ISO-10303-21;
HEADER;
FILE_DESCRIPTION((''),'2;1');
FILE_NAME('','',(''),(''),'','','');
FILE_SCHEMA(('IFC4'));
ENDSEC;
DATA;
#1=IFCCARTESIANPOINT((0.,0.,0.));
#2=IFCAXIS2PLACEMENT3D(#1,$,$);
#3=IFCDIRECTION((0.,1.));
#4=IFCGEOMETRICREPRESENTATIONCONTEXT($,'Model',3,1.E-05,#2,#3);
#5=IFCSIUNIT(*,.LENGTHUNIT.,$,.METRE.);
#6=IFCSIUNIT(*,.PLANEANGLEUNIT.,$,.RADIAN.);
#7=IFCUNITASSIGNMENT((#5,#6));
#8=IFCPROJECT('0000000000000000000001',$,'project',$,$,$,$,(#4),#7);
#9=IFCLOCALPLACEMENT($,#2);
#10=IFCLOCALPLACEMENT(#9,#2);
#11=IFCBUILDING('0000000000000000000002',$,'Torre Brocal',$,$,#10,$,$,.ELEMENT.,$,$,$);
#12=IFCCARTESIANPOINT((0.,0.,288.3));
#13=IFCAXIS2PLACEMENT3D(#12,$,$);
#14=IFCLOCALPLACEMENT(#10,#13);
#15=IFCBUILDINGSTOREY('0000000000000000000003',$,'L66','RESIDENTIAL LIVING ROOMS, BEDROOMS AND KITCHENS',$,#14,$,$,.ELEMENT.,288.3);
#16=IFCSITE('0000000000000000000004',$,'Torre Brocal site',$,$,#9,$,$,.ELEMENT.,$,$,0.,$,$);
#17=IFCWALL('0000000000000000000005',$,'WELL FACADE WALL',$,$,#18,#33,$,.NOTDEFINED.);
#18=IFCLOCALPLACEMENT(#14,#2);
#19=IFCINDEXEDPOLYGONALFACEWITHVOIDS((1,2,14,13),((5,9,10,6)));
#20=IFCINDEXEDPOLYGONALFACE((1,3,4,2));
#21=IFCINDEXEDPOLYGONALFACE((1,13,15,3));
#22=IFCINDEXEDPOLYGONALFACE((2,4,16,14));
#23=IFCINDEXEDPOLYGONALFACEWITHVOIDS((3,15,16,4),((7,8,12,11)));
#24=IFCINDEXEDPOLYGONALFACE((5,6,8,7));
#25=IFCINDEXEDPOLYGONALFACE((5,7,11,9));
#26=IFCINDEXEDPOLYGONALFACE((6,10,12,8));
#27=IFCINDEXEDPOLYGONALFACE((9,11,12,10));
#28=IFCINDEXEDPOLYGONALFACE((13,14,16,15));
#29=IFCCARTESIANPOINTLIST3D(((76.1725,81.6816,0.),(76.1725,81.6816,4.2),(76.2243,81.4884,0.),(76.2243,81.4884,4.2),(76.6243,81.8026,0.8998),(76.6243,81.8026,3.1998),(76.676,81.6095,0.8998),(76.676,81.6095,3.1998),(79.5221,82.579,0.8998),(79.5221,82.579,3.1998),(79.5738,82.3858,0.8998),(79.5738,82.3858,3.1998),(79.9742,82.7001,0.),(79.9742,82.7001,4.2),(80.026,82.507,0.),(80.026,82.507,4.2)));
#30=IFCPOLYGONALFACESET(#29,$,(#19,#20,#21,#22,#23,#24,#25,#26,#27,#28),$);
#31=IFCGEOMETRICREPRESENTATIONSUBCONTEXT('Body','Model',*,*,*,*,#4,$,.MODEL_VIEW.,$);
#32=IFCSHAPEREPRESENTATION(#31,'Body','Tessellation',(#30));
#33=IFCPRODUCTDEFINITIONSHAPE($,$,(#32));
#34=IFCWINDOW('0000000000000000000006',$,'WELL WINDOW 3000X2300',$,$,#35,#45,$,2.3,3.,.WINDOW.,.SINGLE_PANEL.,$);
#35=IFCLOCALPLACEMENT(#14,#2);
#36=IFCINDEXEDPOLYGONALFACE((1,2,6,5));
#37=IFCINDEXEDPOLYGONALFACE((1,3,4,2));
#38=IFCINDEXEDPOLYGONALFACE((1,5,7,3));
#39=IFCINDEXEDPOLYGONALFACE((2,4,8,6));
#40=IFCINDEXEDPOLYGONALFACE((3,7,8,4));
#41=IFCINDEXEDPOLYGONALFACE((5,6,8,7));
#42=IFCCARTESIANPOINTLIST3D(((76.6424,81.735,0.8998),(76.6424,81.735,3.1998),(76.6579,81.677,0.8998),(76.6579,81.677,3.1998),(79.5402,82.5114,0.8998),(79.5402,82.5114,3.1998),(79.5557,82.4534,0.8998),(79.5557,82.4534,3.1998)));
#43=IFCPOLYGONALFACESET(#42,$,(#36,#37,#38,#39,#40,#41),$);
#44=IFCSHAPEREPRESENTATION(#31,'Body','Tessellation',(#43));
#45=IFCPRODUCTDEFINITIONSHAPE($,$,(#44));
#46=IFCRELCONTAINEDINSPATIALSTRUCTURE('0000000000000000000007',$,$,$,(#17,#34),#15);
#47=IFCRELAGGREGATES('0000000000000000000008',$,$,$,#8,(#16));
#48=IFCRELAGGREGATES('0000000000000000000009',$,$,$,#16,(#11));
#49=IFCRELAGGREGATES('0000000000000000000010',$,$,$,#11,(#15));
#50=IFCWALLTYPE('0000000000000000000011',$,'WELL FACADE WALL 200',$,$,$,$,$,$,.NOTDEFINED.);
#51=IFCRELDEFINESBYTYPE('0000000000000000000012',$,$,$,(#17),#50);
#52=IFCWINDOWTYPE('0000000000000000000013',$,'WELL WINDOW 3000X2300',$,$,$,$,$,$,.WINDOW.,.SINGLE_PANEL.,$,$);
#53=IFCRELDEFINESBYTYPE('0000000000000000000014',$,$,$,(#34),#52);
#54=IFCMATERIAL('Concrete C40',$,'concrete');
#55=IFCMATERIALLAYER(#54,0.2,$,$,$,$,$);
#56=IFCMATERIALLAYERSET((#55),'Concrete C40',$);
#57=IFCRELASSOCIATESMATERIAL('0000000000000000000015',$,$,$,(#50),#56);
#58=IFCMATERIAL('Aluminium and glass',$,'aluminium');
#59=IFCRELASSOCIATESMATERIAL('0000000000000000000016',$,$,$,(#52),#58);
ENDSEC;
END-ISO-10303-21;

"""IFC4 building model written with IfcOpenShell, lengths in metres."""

from ifc_helpers import new_model, si_unit, direction, frame, frame_2d, origin, place, context, subcontext, project, spatial, rectangle, extrude, material, layer, layer_set, type_object, element, fill, save


model = new_model("IFC4")

# Units and contexts
model_context = context("Model", 3, precision=1e-05, world=origin(), true_north=direction((0.0, 1.0)))
body_context = subcontext(model_context, "Body", "Model", "MODEL_VIEW")
ifc_project = project(units=[si_unit("LENGTHUNIT", "METRE"), si_unit("PLANEANGLEUNIT", "RADIAN")], contexts=[model_context])

# Site, building, storey
site_placement = place(None, origin())
site = spatial("IfcSite", under=ifc_project, at=site_placement, Name="Torre Brocal site", CompositionType="ELEMENT", RefElevation=0.0)
building_placement = place(site_placement, origin())
building = spatial("IfcBuilding", under=site, at=building_placement, Name="Torre Brocal", CompositionType="ELEMENT")
storey_placement = place(building_placement, frame((0.0, 0.0, 288.3)))
storey = spatial("IfcBuildingStorey", under=building, at=storey_placement, Name="L66", Description="RESIDENTIAL LIVING ROOMS, BEDROOMS AND KITCHENS", CompositionType="ELEMENT", Elevation=288.3)

# Wall, opening, window
ifc_material_1 = material(Name="Concrete C40", Category="concrete")
ifc_layer_1 = layer(ifc_material_1, 0.2)
ifc_layer_set_1 = layer_set([ifc_layer_1], Name="Concrete C40")
wall_type_1 = type_object("IfcWallType", Name="WELL FACADE WALL 200", PredefinedType="NOTDEFINED", material=ifc_layer_set_1)
wall_1_placement = place(storey_placement, frame((80.0, 82.6035, 0.0), z_axis=(0.0, 0.0, 1.0), x_axis=(-0.965934, -0.25879, 0.0)))
wall_1 = element("IfcWall", 1, at=wall_1_placement, inside=storey, type_object=wall_type_1, Name="WELL FACADE WALL", PredefinedType="NOTDEFINED", context=body_context, shape_type="SweptSolid", body=[
    extrude(rectangle(XDim=3.9358, YDim=0.2, at=frame_2d((1.9678, 0.0))), origin(), (0.0, 0.0, 1.0), 4.2),
])
opening_1_placement = place(wall_1_placement, frame((0.468, 0.0, 0.8999)))
opening_1 = element("IfcOpeningElement", 2, at=opening_1_placement, cuts=wall_1, PredefinedType="OPENING", context=body_context, shape_type="SweptSolid", body=[
    extrude(rectangle(XDim=3.0, YDim=2.3, at=frame_2d((1.5, 1.1499))), frame((0.0, 0.1099, 0.0), z_axis=(0.0, -1.0, 0.0), x_axis=(1.0, 0.0, 0.0)), (0.0, 0.0, 1.0), 0.22),
])
ifc_material_2 = material(Name="Aluminium and glass", Category="aluminium")
window_type = type_object("IfcWindowType", Name="WELL WINDOW 3000X2300", PartitioningType="SINGLE_PANEL", PredefinedType="WINDOW", material=ifc_material_2)
window_placement = place(opening_1_placement, origin())
window = element("IfcWindow", 3, at=window_placement, inside=storey, type_object=window_type, Name="WELL WINDOW 3000X2300", OverallHeight=2.3, OverallWidth=3.0, PartitioningType="SINGLE_PANEL", PredefinedType="WINDOW", context=body_context, shape_type="SweptSolid", body=[
    extrude(rectangle(XDim=3.0, YDim=2.3, at=frame_2d((1.5, 1.1499))), frame((0.0, 0.03, 0.0), z_axis=(0.0, -1.0, 0.0), x_axis=(1.0, 0.0, 0.0)), (0.0, 0.0, 1.0), 0.0601),
])
fill(opening_1, window)

save(model, "model.ifc")
